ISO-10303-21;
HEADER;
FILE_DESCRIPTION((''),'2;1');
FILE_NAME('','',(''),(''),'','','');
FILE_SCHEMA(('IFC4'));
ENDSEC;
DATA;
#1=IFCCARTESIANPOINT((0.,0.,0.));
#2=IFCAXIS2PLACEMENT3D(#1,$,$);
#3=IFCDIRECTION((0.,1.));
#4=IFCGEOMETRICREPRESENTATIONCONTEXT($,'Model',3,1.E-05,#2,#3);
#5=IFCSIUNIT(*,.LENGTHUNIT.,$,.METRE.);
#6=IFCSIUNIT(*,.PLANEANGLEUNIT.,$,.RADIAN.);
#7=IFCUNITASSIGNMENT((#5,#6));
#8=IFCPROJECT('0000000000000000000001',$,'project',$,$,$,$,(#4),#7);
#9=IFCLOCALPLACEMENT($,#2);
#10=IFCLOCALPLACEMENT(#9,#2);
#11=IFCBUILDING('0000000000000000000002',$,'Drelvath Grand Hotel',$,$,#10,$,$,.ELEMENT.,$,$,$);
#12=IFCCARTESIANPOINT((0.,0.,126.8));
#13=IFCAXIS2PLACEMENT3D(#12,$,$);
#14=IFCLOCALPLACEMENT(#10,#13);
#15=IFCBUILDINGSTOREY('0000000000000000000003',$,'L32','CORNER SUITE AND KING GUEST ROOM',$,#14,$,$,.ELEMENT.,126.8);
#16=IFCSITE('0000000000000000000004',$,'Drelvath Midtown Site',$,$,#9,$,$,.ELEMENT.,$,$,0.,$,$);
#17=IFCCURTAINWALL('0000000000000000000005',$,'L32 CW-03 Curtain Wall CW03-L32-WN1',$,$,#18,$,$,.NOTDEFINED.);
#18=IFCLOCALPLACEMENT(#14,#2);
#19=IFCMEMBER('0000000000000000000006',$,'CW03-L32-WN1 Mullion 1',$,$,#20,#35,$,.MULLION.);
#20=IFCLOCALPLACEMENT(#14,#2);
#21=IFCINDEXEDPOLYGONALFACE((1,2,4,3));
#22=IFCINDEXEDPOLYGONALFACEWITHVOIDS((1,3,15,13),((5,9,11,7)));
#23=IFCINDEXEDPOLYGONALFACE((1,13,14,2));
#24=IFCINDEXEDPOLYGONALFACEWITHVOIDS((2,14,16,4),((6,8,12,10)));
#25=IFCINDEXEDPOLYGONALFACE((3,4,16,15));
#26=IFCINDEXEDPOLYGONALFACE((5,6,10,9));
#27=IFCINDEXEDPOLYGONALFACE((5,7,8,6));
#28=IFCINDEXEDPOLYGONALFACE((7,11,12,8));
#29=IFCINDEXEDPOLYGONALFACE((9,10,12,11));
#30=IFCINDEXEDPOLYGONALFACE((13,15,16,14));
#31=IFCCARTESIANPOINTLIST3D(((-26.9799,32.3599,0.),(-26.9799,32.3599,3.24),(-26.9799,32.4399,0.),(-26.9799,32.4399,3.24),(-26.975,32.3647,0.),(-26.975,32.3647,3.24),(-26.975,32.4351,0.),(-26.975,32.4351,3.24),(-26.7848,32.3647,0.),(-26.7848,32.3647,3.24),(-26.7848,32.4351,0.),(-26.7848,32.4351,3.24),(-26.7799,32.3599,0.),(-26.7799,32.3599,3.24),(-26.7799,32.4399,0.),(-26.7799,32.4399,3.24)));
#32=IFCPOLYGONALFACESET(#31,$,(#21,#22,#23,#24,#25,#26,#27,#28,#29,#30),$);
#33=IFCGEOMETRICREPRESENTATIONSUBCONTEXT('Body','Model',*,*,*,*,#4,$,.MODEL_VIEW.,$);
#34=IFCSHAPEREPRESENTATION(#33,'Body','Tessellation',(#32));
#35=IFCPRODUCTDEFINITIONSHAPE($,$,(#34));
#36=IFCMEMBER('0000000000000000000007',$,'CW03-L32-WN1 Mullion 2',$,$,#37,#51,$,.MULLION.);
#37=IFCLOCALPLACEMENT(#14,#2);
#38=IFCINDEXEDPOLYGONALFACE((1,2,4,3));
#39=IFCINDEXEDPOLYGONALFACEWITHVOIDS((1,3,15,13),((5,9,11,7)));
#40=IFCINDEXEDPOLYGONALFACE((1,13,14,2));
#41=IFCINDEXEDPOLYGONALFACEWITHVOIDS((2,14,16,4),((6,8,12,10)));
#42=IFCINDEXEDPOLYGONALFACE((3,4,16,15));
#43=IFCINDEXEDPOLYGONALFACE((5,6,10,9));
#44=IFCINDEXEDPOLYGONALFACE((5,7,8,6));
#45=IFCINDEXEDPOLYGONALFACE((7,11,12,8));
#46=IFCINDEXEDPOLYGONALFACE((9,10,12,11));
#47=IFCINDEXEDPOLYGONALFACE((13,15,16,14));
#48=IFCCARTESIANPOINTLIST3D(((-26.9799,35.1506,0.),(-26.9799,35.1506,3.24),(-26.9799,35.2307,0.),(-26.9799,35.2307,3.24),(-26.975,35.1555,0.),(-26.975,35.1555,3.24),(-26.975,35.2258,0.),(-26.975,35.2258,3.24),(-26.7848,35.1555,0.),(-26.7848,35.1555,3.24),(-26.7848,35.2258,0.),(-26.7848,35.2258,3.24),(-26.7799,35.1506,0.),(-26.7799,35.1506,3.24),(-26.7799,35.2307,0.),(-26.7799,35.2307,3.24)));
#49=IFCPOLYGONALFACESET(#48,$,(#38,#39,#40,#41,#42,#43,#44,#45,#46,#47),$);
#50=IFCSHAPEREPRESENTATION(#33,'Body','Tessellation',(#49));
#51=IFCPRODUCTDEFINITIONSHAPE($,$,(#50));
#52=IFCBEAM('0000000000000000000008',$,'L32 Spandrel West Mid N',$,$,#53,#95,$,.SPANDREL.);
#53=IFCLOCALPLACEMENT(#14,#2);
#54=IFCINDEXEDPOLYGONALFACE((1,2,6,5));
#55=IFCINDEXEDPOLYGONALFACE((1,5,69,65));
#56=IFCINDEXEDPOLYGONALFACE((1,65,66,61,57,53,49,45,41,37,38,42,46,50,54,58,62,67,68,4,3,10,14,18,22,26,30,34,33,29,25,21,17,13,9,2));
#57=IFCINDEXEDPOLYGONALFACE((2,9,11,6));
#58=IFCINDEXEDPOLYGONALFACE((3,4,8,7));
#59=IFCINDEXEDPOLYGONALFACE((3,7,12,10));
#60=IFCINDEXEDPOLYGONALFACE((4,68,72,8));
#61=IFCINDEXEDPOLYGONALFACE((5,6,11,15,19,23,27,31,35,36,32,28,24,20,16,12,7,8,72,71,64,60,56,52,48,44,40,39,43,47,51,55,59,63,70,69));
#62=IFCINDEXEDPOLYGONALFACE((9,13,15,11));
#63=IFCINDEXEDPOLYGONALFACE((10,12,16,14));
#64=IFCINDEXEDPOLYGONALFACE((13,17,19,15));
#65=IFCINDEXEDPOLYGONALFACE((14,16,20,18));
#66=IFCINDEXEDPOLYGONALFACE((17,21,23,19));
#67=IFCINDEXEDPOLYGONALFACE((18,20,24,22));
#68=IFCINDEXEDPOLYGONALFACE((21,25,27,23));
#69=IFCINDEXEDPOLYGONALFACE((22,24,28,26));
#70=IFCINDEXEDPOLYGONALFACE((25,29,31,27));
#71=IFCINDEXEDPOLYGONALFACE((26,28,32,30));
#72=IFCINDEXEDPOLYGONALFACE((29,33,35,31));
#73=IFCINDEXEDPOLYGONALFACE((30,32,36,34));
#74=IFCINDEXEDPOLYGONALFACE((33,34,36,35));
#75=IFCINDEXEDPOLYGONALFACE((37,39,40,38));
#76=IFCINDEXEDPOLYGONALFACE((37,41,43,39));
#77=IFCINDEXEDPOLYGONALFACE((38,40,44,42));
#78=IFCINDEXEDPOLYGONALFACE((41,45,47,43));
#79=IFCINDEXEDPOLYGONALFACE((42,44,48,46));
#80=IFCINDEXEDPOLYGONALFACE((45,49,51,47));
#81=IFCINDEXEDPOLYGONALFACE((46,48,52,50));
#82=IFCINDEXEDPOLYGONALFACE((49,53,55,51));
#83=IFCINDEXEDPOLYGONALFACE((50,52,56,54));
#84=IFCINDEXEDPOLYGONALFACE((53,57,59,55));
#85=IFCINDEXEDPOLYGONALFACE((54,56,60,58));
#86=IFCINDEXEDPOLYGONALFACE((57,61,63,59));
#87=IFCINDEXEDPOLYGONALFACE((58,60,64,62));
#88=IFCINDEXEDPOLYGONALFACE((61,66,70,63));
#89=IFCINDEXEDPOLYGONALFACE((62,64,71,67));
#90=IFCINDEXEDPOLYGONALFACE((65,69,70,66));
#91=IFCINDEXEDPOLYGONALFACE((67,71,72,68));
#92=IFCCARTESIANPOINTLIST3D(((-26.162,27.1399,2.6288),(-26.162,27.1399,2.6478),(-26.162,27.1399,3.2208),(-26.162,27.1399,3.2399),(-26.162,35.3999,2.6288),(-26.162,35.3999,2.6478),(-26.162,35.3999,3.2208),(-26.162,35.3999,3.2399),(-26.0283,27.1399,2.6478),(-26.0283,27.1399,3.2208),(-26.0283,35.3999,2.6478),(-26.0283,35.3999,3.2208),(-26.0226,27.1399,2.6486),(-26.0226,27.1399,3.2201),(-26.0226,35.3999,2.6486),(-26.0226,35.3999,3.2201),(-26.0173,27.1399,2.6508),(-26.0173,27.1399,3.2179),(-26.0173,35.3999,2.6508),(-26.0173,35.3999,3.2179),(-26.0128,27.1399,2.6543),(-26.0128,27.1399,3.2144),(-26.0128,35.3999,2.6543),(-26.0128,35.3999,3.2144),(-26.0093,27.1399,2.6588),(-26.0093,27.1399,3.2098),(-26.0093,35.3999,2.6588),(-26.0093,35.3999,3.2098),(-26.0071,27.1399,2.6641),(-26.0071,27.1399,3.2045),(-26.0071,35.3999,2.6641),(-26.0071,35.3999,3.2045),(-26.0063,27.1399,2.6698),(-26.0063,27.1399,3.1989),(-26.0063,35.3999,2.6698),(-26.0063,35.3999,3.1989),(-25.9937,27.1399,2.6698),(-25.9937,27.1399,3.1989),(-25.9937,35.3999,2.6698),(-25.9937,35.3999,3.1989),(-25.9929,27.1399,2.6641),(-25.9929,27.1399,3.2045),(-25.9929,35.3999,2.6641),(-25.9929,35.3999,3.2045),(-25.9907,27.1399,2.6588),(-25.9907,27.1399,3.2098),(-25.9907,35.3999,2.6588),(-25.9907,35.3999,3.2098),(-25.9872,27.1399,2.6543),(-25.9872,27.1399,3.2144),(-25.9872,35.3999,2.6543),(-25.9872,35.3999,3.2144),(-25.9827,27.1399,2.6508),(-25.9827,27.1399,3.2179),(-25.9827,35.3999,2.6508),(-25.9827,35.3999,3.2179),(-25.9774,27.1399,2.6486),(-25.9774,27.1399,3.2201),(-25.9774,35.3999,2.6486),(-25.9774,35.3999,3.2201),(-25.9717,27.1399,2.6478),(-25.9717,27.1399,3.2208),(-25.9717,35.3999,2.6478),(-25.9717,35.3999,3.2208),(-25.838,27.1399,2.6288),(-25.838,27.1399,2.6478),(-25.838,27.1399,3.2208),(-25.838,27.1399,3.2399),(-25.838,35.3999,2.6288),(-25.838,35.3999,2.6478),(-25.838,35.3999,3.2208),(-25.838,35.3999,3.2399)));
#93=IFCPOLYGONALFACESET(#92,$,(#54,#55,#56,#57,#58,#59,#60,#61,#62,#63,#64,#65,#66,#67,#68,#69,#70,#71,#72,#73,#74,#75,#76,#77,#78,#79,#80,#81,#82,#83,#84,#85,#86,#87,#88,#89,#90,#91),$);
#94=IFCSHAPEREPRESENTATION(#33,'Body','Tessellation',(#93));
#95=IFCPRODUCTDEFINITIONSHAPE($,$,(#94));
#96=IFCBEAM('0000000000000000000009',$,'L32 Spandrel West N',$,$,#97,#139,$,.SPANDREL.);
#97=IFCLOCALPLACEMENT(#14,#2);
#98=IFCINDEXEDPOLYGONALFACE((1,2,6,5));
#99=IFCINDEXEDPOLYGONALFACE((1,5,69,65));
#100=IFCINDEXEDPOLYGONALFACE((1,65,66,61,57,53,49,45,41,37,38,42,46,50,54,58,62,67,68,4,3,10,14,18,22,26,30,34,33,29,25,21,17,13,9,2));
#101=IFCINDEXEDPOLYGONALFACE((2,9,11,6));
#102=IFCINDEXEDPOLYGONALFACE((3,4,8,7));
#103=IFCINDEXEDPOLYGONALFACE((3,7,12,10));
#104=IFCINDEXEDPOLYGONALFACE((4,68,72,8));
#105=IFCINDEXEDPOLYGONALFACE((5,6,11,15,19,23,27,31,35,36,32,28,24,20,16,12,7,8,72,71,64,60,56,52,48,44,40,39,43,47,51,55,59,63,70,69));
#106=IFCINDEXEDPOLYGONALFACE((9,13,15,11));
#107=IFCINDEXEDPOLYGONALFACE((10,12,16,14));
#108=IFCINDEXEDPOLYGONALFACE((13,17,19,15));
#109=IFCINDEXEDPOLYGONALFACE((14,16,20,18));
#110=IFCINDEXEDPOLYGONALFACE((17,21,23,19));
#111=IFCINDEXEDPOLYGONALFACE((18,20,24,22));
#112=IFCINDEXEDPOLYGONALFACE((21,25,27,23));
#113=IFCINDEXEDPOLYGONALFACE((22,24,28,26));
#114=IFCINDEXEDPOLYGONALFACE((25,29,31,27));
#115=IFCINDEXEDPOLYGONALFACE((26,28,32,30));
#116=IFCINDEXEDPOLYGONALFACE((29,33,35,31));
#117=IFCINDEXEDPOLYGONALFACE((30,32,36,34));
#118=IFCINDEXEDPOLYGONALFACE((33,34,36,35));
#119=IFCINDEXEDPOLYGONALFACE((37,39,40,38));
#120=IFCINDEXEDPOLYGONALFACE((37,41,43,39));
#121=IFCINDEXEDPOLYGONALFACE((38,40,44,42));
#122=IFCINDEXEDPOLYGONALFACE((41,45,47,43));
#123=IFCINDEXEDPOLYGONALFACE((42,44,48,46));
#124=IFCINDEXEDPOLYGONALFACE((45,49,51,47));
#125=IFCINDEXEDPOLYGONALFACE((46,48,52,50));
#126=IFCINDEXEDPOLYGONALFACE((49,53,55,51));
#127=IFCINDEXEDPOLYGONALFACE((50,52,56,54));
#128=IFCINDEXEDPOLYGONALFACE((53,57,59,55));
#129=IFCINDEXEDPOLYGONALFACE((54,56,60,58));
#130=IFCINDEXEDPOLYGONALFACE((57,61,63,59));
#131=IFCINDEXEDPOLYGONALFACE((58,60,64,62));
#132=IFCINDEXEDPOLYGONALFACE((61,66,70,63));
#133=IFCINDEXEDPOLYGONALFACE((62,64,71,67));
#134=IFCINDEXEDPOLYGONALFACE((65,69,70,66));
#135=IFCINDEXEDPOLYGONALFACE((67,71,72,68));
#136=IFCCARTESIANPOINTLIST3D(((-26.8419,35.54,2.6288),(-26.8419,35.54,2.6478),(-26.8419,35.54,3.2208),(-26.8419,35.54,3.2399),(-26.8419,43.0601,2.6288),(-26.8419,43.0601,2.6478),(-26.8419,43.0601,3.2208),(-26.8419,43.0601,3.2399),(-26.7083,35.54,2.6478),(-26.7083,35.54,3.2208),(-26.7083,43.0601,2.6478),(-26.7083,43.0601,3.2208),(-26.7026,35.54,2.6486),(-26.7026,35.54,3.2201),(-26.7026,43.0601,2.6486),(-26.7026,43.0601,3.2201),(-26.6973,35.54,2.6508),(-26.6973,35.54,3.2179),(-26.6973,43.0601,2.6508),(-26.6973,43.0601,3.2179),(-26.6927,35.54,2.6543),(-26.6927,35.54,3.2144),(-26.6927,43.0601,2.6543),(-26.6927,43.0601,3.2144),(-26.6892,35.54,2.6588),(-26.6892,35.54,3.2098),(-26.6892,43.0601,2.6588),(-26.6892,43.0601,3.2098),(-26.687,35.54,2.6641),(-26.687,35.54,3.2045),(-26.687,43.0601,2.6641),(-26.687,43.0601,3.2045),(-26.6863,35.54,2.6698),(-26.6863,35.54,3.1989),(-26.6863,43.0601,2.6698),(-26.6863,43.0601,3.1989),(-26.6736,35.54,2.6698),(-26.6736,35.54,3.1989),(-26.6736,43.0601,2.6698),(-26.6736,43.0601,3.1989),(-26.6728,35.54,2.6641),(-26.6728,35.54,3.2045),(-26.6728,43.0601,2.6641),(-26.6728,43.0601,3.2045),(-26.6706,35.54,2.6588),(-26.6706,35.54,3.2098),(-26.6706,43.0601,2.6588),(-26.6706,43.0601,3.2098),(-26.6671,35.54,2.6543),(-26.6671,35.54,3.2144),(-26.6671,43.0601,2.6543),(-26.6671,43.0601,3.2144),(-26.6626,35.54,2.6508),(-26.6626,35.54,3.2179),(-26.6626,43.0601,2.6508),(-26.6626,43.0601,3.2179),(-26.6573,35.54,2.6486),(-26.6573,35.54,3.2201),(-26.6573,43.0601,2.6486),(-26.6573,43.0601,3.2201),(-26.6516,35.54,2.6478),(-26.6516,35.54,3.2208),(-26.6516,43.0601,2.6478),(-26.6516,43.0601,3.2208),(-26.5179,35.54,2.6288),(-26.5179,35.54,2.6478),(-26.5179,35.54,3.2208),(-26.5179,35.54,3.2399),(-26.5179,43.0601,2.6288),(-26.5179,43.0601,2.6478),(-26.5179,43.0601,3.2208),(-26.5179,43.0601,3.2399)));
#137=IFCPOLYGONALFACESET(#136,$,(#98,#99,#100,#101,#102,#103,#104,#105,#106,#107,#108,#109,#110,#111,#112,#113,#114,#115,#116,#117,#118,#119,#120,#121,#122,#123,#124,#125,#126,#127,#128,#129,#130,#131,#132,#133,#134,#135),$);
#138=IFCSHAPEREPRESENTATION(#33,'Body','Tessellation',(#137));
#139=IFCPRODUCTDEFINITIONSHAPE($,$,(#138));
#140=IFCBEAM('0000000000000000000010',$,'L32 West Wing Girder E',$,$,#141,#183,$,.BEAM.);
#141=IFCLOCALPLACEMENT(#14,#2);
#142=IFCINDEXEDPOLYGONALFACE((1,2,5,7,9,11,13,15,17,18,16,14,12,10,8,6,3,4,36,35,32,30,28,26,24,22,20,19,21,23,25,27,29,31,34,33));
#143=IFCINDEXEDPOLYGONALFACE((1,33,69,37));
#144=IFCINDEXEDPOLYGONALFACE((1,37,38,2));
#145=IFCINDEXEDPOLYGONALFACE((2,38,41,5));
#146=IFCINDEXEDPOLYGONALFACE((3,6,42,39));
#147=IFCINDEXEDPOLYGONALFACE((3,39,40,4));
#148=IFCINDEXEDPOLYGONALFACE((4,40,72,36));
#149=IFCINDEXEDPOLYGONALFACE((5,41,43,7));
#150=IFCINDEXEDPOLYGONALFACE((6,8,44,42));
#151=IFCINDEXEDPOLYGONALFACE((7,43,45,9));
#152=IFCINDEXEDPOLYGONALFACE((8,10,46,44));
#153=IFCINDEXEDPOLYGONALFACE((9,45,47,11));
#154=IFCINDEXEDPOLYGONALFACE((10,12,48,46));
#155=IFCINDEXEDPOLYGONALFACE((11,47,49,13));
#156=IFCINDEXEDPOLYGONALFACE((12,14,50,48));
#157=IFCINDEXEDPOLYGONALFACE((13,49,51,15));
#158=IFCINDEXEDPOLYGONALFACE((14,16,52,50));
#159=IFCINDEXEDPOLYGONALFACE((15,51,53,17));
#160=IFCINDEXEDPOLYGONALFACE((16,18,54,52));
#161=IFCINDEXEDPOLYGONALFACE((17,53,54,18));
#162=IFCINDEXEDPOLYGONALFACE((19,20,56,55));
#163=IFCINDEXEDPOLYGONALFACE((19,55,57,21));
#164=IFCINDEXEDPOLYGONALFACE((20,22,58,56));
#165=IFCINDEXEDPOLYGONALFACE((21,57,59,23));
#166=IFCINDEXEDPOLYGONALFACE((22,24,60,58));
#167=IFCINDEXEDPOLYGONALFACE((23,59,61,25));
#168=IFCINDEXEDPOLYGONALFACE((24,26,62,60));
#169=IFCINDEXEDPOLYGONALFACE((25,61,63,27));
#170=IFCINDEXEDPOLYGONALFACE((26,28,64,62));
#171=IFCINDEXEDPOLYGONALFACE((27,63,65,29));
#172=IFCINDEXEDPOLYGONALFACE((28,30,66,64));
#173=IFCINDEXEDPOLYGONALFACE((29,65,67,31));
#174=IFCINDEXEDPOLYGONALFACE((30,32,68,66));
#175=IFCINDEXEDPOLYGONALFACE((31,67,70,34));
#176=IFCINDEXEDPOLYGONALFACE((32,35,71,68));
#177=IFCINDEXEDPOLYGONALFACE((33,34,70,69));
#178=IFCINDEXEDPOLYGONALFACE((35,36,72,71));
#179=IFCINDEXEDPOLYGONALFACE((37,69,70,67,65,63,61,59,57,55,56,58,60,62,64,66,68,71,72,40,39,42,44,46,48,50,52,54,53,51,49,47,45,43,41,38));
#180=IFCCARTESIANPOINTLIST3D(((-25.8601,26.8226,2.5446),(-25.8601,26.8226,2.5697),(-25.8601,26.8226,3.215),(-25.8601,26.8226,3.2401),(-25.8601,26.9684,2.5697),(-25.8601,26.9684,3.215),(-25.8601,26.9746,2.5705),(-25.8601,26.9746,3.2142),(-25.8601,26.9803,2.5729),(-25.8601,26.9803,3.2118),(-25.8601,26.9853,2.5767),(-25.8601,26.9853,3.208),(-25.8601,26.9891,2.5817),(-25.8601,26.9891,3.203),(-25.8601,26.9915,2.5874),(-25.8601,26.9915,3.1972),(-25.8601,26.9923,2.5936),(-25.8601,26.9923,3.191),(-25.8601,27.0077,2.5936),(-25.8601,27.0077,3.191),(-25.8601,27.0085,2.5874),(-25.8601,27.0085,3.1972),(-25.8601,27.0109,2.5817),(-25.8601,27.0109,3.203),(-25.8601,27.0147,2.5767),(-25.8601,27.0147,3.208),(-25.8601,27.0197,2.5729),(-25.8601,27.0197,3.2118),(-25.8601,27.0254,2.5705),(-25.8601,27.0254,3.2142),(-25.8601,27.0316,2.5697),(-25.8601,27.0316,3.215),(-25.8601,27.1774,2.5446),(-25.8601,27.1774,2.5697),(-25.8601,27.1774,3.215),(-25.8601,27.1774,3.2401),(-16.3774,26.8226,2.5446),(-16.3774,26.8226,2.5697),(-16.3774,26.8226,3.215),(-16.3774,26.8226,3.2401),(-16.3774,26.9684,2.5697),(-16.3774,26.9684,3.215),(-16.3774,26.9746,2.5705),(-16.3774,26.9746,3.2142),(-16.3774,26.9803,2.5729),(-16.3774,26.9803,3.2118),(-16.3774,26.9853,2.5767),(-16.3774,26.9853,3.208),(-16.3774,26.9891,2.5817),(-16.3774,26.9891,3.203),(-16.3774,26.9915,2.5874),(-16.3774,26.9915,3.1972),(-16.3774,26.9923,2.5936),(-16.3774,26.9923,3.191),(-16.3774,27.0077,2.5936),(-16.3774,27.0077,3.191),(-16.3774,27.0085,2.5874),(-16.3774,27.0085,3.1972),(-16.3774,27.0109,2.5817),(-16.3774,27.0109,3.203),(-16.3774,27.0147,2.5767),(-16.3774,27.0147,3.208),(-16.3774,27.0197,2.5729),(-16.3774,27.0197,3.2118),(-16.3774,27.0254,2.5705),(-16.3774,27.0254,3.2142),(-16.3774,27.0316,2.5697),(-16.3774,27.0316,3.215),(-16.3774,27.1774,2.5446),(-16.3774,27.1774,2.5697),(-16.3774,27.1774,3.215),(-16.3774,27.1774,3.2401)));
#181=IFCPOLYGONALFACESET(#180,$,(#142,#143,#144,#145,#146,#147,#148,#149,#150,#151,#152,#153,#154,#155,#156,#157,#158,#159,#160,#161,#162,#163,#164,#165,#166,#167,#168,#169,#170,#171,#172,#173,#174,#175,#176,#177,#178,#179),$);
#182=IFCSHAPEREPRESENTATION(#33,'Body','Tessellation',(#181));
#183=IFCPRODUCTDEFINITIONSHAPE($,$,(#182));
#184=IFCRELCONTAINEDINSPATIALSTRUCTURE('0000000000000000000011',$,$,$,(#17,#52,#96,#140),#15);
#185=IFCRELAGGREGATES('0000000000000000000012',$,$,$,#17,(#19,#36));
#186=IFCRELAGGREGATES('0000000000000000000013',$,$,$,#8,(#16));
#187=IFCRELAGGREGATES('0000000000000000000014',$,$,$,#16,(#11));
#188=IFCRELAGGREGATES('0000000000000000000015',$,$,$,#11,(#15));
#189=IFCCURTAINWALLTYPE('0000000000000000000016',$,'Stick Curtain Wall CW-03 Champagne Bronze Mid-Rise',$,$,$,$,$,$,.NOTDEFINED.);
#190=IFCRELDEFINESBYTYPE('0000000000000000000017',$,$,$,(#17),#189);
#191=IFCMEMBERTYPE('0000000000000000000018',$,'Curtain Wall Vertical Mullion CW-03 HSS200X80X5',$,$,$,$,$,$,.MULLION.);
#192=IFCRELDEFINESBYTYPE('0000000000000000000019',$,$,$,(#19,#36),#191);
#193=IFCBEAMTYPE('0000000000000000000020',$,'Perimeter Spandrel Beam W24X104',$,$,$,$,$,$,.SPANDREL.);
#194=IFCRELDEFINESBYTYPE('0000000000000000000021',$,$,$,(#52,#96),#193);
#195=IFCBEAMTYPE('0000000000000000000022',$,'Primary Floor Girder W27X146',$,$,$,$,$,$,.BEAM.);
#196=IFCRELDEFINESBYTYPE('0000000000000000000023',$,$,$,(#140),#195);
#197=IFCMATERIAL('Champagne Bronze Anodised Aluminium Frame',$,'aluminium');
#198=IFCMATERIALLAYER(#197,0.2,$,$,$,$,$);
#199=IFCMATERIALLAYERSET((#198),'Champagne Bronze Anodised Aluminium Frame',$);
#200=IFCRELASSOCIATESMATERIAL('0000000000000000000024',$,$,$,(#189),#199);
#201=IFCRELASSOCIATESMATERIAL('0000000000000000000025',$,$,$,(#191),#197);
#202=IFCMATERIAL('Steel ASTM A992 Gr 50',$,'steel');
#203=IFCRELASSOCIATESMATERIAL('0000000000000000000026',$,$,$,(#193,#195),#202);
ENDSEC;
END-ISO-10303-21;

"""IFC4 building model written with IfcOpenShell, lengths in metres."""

from ifc_helpers import new_model, si_unit, direction, frame, origin, origin_2d, place, context, subcontext, project, spatial, hollow_rectangle, i_section, extrude, material, layer, layer_set, material_profile, profile_set, type_object, element, aggregate, save


model = new_model("IFC4")

# Units and contexts
model_context = context("Model", 3, precision=1e-05, world=origin(), true_north=direction((0.0, 1.0)))
body_context = subcontext(model_context, "Body", "Model", "MODEL_VIEW")
ifc_project = project(units=[si_unit("LENGTHUNIT", "METRE"), si_unit("PLANEANGLEUNIT", "RADIAN")], contexts=[model_context])

# Site, building, storey
site_placement = place(None, origin())
site = spatial("IfcSite", under=ifc_project, at=site_placement, Name="Drelvath Midtown Site", CompositionType="ELEMENT", RefElevation=0.0)
building_placement = place(site_placement, origin())
building = spatial("IfcBuilding", under=site, at=building_placement, Name="Drelvath Grand Hotel", CompositionType="ELEMENT")
storey_placement = place(building_placement, frame((0.0, 0.0, 126.8)))
storey = spatial("IfcBuildingStorey", under=building, at=storey_placement, Name="L32", Description="CORNER SUITE AND KING GUEST ROOM", CompositionType="ELEMENT", Elevation=126.8)

# Curtain wall
ifc_material_1 = material(Name="Champagne Bronze Anodised Aluminium Frame", Category="aluminium")
ifc_layer_1 = layer(ifc_material_1, 0.2)
ifc_layer_set_1 = layer_set([ifc_layer_1], Name="Champagne Bronze Anodised Aluminium Frame")
curtain_wall_type = type_object("IfcCurtainWallType", Name="Stick Curtain Wall CW-03 Champagne Bronze Mid-Rise", PredefinedType="NOTDEFINED", material=ifc_layer_set_1)
curtain_wall_1_placement = place(storey_placement, origin())
curtain_wall_1 = element("IfcCurtainWall", 1, at=curtain_wall_1_placement, inside=storey, type_object=curtain_wall_type, Name="L32 CW-03 Curtain Wall CW03-L32-WN1", PredefinedType="NOTDEFINED")
ifc_material_profile_1 = material_profile(ifc_material_1, hollow_rectangle(XDim=0.0801, YDim=0.2, WallThickness=0.0049, at=origin_2d()), Name="HSS200X80X5")
ifc_profile_set_1 = profile_set([ifc_material_profile_1], Name="Champagne Bronze Anodised Aluminium Frame")
member_type_1 = type_object("IfcMemberType", Name="Curtain Wall Vertical Mullion CW-03 HSS200X80X5", PredefinedType="MULLION", material=ifc_profile_set_1)

# Members
member_1_placement = place(storey_placement, frame((-26.8799, 32.3999, 0.0), z_axis=(0.0, 0.0, 1.0), x_axis=(0.0, 1.0, 0.0)))
member_1 = element("IfcMember", 2, at=member_1_placement, type_object=member_type_1, Name="CW03-L32-WN1 Mullion 1", PredefinedType="MULLION", context=body_context, shape_type="SweptSolid", body=[
    extrude(hollow_rectangle(XDim=0.0801, YDim=0.2, WallThickness=0.0049, at=origin_2d()), origin(), (0.0, 0.0, 1.0), 3.24),
])
member_2_placement = place(storey_placement, frame((-26.8799, 35.1907, 0.0), z_axis=(0.0, 0.0, 1.0), x_axis=(0.0, 1.0, 0.0)))
member_2 = element("IfcMember", 3, at=member_2_placement, type_object=member_type_1, Name="CW03-L32-WN1 Mullion 2", PredefinedType="MULLION", context=body_context, shape_type="SweptSolid", body=[
    extrude(hollow_rectangle(XDim=0.0801, YDim=0.2, WallThickness=0.0049, at=origin_2d()), origin(), (0.0, 0.0, 1.0), 3.24),
])

# Beams
ifc_material_2 = material(Name="Steel ASTM A992 Gr 50", Category="steel")
ifc_material_profile_2 = material_profile(ifc_material_2, i_section(OverallWidth=0.324, OverallDepth=0.6111, WebThickness=0.0127, FlangeThickness=0.019, FilletRadius=0.022, at=origin_2d()), Name="W24X104")
ifc_profile_set_2 = profile_set([ifc_material_profile_2], Name="Steel ASTM A992 Gr 50")
beam_type_1 = type_object("IfcBeamType", Name="Perimeter Spandrel Beam W24X104", PredefinedType="SPANDREL", material=ifc_profile_set_2)
beam_1_placement = place(storey_placement, frame((-26.0, 27.1399, 2.9343), z_axis=(0.0, 1.0, 0.0), x_axis=(-1.0, 0.0, 0.0)))
element("IfcBeam", 4, at=beam_1_placement, inside=storey, type_object=beam_type_1, Name="L32 Spandrel West Mid N", PredefinedType="SPANDREL", context=body_context, shape_type="SweptSolid", body=[
    extrude(i_section(OverallWidth=0.324, OverallDepth=0.6111, WebThickness=0.0127, FlangeThickness=0.019, FilletRadius=0.022, at=origin_2d()), origin(), (0.0, 0.0, 1.0), 8.26),
])
beam_2_placement = place(storey_placement, frame((-26.6799, 35.54, 2.9343), z_axis=(0.0, 1.0, 0.0), x_axis=(-1.0, 0.0, 0.0)))
element("IfcBeam", 5, at=beam_2_placement, inside=storey, type_object=beam_type_1, Name="L32 Spandrel West N", PredefinedType="SPANDREL", context=body_context, shape_type="SweptSolid", body=[
    extrude(i_section(OverallWidth=0.324, OverallDepth=0.6111, WebThickness=0.0127, FlangeThickness=0.019, FilletRadius=0.022, at=origin_2d()), origin(), (0.0, 0.0, 1.0), 7.52),
])
ifc_material_profile_3 = material_profile(ifc_material_2, i_section(OverallWidth=0.3547, OverallDepth=0.6956, WebThickness=0.0154, FlangeThickness=0.0251, FilletRadius=0.0239, at=origin_2d()), Name="W27X146")
ifc_profile_set_3 = profile_set([ifc_material_profile_3], Name="Steel ASTM A992 Gr 50")
beam_type_2 = type_object("IfcBeamType", Name="Primary Floor Girder W27X146", PredefinedType="BEAM", material=ifc_profile_set_3)
beam_3_placement = place(storey_placement, frame((-25.8601, 27.0, 2.8923), z_axis=(1.0, 0.0, 0.0), x_axis=(0.0, 1.0, 0.0)))
element("IfcBeam", 6, at=beam_3_placement, inside=storey, type_object=beam_type_2, Name="L32 West Wing Girder E", PredefinedType="BEAM", context=body_context, shape_type="SweptSolid", body=[
    extrude(i_section(OverallWidth=0.3547, OverallDepth=0.6956, WebThickness=0.0154, FlangeThickness=0.0251, FilletRadius=0.0239, at=origin_2d()), origin(), (0.0, 0.0, 1.0), 9.4827),
])

aggregate(curtain_wall_1, [member_1, member_2])

save(model, "model.ifc")
